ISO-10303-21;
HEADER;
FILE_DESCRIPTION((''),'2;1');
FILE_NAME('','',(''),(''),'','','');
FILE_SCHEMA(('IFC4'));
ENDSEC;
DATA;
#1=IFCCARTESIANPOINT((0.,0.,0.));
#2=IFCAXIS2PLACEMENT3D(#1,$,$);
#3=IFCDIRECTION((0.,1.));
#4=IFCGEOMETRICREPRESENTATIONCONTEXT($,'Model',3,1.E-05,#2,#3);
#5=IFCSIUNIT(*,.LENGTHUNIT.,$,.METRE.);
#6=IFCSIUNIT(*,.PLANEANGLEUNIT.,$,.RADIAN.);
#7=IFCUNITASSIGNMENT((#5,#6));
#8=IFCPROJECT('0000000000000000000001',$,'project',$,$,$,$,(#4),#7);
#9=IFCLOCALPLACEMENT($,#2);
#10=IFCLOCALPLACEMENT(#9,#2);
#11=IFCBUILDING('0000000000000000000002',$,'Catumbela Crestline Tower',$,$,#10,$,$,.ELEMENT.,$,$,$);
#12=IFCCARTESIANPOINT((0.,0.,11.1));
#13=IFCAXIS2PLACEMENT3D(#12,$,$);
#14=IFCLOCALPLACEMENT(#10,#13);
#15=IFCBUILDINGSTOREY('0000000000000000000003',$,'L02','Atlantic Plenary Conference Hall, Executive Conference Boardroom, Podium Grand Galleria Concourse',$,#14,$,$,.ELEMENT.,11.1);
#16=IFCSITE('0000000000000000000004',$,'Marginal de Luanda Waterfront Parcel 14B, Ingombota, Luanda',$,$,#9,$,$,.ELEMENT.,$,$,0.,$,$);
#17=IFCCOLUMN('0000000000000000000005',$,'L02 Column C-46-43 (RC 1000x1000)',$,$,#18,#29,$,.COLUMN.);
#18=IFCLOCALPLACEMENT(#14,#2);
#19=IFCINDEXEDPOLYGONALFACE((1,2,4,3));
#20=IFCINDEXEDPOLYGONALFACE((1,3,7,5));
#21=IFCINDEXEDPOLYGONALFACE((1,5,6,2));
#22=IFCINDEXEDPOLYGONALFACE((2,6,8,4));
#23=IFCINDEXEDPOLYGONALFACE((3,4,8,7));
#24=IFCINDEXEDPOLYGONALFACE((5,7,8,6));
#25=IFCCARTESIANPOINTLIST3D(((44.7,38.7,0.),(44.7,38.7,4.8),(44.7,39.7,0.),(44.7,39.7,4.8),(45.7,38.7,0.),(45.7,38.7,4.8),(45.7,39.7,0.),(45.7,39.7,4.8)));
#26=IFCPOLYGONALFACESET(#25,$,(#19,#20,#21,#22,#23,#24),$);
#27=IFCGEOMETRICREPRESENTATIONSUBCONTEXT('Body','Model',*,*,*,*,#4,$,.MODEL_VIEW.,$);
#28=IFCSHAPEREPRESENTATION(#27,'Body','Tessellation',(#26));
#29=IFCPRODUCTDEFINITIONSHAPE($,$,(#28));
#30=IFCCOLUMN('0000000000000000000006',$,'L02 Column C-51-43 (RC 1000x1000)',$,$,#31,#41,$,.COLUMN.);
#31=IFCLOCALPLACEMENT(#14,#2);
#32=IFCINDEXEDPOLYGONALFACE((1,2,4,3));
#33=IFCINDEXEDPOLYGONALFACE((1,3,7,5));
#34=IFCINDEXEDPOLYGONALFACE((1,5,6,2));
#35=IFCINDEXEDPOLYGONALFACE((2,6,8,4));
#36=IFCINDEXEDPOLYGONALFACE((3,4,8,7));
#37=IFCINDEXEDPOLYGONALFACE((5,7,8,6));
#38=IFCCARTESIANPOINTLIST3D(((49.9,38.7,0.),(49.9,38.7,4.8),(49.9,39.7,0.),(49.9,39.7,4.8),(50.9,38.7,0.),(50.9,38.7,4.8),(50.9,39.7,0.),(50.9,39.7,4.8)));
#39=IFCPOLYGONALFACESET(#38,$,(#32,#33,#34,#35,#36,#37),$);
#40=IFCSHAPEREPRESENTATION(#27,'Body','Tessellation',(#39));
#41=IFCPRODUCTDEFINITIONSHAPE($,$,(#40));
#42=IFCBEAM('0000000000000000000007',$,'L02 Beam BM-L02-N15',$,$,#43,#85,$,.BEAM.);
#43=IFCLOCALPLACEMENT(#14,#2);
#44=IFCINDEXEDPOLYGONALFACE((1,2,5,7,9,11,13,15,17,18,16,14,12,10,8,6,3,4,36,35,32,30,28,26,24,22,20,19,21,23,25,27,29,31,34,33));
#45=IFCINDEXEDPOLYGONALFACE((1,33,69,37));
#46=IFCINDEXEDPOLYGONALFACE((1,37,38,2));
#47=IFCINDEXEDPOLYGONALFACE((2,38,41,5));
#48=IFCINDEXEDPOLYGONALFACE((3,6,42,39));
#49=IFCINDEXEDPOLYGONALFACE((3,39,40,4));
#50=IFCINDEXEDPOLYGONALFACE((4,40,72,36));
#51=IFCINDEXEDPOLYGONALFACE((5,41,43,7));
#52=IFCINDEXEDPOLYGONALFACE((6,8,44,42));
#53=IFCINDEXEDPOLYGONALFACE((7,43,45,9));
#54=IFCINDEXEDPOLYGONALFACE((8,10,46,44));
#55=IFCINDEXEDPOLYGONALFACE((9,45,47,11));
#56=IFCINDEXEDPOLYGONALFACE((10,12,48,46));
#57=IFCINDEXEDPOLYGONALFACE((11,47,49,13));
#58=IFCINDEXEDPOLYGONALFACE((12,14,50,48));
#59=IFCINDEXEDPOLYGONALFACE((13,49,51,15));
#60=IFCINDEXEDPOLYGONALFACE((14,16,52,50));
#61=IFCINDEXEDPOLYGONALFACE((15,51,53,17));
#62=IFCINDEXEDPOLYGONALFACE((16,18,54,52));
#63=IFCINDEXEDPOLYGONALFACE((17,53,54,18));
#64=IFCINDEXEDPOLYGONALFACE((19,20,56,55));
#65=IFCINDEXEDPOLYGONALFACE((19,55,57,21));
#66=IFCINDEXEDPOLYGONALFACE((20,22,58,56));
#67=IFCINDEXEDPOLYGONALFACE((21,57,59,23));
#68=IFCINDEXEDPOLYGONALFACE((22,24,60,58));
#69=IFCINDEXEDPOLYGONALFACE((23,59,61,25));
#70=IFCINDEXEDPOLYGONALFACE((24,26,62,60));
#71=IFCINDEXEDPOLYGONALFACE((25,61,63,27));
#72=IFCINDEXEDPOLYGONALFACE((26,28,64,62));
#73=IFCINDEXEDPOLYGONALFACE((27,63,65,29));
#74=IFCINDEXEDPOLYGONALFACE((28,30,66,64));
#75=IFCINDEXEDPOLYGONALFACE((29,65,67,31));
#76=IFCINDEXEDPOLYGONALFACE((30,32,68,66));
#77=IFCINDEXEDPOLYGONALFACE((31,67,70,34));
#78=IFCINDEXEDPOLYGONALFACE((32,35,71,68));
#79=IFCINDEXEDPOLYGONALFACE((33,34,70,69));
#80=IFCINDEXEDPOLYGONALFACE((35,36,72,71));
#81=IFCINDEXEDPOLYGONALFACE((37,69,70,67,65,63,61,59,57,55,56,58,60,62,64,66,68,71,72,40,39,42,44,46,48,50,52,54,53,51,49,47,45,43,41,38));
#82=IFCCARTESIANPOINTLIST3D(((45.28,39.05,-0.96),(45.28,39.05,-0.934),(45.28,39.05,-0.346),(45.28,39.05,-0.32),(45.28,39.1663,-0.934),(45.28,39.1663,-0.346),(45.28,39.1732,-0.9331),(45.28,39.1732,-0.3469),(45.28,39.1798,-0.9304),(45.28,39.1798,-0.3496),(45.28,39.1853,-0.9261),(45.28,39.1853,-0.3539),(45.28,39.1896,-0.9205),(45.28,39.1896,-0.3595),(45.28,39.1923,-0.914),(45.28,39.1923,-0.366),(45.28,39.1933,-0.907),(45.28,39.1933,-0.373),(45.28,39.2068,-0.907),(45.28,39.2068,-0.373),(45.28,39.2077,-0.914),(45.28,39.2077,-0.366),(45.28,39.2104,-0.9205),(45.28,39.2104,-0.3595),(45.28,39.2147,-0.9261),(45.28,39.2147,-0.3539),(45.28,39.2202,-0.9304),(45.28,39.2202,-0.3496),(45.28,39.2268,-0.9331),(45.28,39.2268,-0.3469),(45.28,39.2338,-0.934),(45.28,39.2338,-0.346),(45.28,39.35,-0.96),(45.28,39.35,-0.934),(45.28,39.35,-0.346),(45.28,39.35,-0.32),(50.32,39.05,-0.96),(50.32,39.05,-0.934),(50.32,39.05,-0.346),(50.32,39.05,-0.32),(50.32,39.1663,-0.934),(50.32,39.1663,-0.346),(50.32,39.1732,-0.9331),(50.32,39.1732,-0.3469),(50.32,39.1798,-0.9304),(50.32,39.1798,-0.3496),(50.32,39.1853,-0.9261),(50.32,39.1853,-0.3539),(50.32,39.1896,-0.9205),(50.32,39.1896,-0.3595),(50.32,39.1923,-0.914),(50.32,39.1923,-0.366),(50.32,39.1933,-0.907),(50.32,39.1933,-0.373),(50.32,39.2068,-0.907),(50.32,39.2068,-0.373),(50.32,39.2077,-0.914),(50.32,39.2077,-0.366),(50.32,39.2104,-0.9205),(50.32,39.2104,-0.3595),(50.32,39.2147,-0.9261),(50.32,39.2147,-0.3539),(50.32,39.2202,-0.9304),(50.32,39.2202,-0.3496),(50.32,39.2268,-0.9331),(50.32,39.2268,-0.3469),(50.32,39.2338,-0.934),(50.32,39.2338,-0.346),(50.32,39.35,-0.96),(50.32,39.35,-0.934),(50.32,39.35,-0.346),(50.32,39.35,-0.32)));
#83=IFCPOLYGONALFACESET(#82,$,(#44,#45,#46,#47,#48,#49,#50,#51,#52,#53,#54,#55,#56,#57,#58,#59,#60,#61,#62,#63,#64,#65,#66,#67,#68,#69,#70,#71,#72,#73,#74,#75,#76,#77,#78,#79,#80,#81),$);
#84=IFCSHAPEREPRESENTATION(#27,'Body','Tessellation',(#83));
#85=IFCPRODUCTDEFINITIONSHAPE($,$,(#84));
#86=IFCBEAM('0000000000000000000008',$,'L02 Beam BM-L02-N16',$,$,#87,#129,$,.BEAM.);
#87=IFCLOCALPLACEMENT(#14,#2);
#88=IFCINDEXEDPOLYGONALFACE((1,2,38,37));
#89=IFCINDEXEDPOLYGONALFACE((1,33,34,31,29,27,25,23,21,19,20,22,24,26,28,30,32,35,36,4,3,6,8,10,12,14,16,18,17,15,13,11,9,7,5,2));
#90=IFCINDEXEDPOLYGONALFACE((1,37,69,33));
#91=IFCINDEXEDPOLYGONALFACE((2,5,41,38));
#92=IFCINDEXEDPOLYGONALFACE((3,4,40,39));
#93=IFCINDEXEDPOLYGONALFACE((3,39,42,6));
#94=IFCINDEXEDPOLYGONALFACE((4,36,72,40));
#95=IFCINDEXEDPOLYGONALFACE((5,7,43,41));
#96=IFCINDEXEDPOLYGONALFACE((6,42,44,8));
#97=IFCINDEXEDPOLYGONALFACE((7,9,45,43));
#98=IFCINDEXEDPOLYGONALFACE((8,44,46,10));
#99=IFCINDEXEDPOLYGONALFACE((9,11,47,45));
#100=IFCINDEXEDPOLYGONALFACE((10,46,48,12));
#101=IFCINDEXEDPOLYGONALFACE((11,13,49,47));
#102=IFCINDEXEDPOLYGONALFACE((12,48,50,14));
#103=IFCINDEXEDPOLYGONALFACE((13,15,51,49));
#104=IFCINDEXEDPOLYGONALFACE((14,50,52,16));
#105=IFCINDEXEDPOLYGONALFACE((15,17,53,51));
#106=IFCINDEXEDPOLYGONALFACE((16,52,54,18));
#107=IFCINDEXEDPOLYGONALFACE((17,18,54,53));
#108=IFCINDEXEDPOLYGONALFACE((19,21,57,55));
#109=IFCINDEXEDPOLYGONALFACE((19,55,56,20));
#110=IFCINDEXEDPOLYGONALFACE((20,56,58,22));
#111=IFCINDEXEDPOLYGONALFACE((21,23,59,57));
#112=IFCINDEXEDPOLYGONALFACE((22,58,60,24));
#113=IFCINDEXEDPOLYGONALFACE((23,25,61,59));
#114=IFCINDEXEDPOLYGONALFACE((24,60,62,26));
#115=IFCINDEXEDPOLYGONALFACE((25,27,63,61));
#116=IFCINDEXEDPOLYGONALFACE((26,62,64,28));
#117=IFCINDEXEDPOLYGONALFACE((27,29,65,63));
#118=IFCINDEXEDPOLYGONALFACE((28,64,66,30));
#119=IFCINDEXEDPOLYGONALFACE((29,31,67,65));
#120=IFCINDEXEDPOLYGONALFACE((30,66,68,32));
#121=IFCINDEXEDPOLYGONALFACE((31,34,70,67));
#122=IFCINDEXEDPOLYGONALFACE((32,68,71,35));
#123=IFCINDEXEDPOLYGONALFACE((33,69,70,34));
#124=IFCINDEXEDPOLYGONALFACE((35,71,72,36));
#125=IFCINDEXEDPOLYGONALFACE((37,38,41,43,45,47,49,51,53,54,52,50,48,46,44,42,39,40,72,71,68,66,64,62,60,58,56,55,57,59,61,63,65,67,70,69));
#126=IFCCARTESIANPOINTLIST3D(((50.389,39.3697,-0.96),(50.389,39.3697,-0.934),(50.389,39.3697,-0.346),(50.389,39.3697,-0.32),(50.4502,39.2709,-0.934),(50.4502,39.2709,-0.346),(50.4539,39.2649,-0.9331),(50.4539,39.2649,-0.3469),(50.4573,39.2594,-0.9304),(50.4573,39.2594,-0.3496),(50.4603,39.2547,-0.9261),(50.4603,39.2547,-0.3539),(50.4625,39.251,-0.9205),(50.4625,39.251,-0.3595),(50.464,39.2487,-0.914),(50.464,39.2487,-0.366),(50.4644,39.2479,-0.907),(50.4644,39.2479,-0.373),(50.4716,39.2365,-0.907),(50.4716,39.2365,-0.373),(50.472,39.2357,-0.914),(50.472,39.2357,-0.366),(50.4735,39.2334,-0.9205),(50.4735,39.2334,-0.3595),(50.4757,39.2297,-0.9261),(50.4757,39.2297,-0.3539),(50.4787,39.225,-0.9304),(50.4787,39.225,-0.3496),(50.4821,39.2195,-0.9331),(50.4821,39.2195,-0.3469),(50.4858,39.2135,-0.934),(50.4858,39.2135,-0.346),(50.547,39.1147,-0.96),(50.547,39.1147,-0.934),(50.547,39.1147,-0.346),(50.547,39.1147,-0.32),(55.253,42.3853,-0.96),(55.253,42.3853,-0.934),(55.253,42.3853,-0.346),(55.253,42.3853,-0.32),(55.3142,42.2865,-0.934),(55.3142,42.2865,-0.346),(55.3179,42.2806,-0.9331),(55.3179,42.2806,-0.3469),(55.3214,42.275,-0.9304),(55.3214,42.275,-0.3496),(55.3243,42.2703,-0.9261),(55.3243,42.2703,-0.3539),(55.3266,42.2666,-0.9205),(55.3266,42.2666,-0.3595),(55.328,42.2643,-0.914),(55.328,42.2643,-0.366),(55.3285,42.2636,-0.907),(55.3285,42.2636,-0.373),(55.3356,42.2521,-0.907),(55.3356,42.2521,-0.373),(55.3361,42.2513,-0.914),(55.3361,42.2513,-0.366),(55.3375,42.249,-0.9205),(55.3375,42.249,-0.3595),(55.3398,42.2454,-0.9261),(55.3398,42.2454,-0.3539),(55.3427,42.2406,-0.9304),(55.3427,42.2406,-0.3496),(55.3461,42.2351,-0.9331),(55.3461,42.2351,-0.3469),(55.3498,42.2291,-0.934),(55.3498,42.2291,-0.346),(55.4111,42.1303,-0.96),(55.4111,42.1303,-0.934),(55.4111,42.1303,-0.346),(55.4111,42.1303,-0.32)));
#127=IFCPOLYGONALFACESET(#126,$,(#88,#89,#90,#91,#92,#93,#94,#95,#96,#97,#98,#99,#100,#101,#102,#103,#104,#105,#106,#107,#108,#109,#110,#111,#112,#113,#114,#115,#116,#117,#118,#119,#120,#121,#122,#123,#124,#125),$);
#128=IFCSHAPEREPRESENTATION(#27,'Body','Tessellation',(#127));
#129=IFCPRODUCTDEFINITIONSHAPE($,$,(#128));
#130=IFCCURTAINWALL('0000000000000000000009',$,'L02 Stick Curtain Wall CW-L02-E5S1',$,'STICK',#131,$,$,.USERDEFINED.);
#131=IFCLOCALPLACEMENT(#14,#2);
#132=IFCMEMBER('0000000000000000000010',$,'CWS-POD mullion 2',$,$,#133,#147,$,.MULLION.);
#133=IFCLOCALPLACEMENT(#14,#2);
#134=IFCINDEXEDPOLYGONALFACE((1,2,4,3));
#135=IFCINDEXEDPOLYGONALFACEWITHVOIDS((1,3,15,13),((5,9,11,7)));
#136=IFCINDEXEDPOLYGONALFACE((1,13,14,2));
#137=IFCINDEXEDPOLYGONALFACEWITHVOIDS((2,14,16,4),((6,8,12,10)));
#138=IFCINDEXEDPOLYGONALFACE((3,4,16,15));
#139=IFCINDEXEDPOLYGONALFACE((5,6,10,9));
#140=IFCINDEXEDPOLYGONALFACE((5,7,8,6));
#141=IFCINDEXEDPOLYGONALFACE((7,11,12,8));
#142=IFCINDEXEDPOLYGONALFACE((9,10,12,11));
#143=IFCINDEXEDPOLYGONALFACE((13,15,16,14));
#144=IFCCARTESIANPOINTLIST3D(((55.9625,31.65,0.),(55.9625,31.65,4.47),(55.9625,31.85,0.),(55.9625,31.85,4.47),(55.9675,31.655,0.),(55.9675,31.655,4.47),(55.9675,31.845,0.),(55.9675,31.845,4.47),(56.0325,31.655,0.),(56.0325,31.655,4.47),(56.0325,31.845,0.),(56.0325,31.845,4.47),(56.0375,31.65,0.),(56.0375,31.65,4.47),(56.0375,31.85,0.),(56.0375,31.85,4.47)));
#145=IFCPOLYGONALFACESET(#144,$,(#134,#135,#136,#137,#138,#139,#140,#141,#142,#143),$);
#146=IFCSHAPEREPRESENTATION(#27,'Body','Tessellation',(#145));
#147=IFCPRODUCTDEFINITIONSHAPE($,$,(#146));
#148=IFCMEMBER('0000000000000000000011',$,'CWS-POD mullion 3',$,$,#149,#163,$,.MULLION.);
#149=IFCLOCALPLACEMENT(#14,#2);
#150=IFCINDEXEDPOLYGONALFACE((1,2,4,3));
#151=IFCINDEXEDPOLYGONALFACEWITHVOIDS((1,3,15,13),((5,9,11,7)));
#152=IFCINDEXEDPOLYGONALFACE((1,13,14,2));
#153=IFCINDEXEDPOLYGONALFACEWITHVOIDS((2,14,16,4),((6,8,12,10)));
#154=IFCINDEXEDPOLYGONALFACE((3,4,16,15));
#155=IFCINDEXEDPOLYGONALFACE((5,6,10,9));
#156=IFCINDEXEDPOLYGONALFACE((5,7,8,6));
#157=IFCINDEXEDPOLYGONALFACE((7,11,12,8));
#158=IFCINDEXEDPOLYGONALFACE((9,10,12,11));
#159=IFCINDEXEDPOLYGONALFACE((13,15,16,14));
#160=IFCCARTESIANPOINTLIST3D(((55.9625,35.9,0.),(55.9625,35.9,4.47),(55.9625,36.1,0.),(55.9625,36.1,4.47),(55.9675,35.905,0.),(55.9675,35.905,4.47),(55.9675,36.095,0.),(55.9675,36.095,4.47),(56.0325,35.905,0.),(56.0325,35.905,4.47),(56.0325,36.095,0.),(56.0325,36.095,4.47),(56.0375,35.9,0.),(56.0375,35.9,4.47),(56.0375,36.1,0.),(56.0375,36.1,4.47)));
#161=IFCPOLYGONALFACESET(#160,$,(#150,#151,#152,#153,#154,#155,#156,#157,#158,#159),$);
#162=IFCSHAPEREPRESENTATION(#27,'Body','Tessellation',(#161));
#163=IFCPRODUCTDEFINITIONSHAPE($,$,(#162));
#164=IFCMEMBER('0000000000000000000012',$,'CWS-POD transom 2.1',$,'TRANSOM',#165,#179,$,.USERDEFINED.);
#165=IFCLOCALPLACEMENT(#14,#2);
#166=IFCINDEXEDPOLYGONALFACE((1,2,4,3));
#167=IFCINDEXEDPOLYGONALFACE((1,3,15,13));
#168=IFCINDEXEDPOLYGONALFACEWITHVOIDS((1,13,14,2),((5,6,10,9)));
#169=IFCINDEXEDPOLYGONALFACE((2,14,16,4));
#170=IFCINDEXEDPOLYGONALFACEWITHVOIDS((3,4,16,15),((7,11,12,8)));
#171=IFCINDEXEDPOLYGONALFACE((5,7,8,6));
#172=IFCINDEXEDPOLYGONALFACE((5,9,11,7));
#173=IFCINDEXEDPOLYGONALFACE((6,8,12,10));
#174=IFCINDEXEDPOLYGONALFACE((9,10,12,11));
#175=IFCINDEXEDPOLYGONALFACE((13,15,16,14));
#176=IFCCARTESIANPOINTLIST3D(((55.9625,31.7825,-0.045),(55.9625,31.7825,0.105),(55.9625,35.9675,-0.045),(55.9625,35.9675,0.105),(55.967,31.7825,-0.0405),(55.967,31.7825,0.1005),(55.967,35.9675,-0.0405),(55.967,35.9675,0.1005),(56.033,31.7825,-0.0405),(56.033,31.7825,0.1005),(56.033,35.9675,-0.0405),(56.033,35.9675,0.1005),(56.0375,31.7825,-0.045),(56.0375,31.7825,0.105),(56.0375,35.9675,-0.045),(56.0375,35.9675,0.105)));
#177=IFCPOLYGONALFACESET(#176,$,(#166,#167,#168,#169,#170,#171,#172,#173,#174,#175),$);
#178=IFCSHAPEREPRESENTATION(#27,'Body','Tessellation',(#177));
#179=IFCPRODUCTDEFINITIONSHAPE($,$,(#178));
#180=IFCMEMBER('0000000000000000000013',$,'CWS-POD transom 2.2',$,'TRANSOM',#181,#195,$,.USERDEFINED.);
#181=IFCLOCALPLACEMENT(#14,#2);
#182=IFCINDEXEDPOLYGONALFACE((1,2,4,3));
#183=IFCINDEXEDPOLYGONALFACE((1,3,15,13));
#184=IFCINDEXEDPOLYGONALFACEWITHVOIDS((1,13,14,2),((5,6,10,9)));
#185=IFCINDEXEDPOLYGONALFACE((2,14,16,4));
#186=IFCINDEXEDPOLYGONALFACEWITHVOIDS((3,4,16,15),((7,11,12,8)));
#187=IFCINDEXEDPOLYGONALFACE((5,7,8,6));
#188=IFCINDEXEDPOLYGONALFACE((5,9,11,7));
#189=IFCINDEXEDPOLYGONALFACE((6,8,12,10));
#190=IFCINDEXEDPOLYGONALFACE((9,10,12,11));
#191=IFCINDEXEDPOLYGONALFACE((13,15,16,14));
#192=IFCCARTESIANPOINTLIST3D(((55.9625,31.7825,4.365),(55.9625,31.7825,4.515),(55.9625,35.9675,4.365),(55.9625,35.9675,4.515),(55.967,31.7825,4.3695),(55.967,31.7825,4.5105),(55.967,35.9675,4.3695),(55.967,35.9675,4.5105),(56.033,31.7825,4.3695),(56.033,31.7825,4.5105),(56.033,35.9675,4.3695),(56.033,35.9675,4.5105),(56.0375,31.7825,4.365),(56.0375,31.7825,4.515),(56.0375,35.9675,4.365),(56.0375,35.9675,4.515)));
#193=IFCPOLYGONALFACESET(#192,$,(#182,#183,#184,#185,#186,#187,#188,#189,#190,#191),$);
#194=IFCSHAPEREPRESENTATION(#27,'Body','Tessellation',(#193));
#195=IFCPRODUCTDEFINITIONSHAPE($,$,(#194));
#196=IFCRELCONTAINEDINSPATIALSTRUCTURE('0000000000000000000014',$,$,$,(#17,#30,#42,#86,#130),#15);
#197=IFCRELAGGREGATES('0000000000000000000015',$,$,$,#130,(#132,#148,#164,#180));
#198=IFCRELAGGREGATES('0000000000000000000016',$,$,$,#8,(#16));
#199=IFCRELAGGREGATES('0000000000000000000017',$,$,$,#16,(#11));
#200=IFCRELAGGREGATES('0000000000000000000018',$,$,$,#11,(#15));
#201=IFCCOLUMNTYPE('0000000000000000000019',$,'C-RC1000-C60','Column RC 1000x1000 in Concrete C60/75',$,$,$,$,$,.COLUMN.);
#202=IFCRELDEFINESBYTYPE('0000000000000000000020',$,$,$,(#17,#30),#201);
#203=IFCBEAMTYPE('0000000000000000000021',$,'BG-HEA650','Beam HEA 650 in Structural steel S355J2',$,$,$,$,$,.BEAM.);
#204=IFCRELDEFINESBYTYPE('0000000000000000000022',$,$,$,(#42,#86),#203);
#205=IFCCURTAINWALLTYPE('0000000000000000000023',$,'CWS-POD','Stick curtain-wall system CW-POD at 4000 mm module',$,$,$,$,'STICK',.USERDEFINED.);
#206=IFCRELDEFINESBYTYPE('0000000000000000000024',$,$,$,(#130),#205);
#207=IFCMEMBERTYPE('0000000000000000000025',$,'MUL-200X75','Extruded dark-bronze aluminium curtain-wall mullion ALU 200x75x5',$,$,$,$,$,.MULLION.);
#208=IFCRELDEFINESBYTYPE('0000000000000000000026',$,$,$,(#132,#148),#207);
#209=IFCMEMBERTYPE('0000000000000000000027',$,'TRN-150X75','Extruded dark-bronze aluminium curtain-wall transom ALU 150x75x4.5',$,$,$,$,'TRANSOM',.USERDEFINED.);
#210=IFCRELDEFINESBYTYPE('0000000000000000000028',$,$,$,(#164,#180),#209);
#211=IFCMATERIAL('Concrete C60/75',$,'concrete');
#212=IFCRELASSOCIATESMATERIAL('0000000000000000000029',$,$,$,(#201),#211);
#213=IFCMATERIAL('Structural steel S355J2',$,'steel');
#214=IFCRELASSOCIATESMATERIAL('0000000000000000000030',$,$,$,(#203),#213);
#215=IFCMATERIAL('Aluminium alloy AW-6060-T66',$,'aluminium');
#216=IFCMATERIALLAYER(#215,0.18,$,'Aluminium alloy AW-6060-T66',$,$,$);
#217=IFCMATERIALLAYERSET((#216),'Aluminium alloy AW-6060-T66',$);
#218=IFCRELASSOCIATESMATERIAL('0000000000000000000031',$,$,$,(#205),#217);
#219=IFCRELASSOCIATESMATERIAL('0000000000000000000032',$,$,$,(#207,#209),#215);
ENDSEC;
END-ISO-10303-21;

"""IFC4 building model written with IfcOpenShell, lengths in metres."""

from ifc_helpers import new_model, si_unit, direction, frame, origin, origin_2d, place, context, subcontext, project, spatial, rectangle, hollow_rectangle, i_section, extrude, material, layer, layer_set, material_profile, profile_set, type_object, element, aggregate, save


model = new_model("IFC4")

# Units and contexts
model_context = context("Model", 3, precision=1e-05, world=origin(), true_north=direction((0.0, 1.0)))
body_context = subcontext(model_context, "Body", "Model", "MODEL_VIEW")
ifc_project = project(units=[si_unit("LENGTHUNIT", "METRE"), si_unit("PLANEANGLEUNIT", "RADIAN")], contexts=[model_context])

# Site, building, storey
site_placement = place(None, origin())
site = spatial("IfcSite", under=ifc_project, at=site_placement, Name="Marginal de Luanda Waterfront Parcel 14B, Ingombota, Luanda", CompositionType="ELEMENT", RefElevation=0.0)
building_placement = place(site_placement, origin())
building = spatial("IfcBuilding", under=site, at=building_placement, Name="Catumbela Crestline Tower", CompositionType="ELEMENT")
storey_placement = place(building_placement, frame((0.0, 0.0, 11.1)))
storey = spatial("IfcBuildingStorey", under=building, at=storey_placement, Name="L02", Description="Atlantic Plenary Conference Hall, Executive Conference Boardroom, Podium Grand Galleria Concourse", CompositionType="ELEMENT", Elevation=11.1)

# Columns
ifc_material_1 = material(Name="Concrete C60/75", Category="concrete")
ifc_material_profile_1 = material_profile(ifc_material_1, rectangle(XDim=1.0, YDim=1.0, at=origin_2d()), Name="RC 1000x1000")
ifc_profile_set_1 = profile_set([ifc_material_profile_1], Name="Concrete C60/75")
column_type = type_object("IfcColumnType", Name="C-RC1000-C60", Description="Column RC 1000x1000 in Concrete C60/75", PredefinedType="COLUMN", material=ifc_profile_set_1)
for number, where, z_axis, x_axis, name in (
    (1, (45.2, 39.2, 0.0), (0.0, 0.0, 1.0), (1.0, 0.0, 0.0), "L02 Column C-46-43 (RC 1000x1000)"),
    (2, (50.4, 39.2, 0.0), (0.0, 0.0, 1.0), (1.0, 0.0, 0.0), "L02 Column C-51-43 (RC 1000x1000)"),
):
    element("IfcColumn", number, at=place(storey_placement, frame(where, z_axis=z_axis, x_axis=x_axis)), inside=storey, type_object=column_type, Name=name, PredefinedType="COLUMN", context=body_context, shape_type="SweptSolid", body=[
        extrude(rectangle(XDim=1.0, YDim=1.0, at=origin_2d()), origin(), (0.0, 0.0, 1.0), 4.8),
    ])

# Beams
ifc_material_2 = material(Name="Structural steel S355J2", Category="steel")
ifc_material_profile_2 = material_profile(ifc_material_2, i_section(OverallWidth=0.3, OverallDepth=0.64, WebThickness=0.0135, FlangeThickness=0.026, FilletRadius=0.027, at=origin_2d()), Name="HEA 650")
ifc_profile_set_2 = profile_set([ifc_material_profile_2], Name="Structural steel S355J2")
beam_type = type_object("IfcBeamType", Name="BG-HEA650", Description="Beam HEA 650 in Structural steel S355J2", PredefinedType="BEAM", material=ifc_profile_set_2)
beam_1_placement = place(storey_placement, frame((45.28, 39.2, -0.64), z_axis=(1.0, 0.0, 0.0), x_axis=(0.0, 1.0, 0.0)))
element("IfcBeam", 3, at=beam_1_placement, inside=storey, type_object=beam_type, Name="L02 Beam BM-L02-N15", PredefinedType="BEAM", context=body_context, shape_type="SweptSolid", body=[
    extrude(i_section(OverallWidth=0.3, OverallDepth=0.64, WebThickness=0.0135, FlangeThickness=0.026, FilletRadius=0.027, at=origin_2d()), origin(), (0.0, 0.0, 1.0), 5.04),
])
beam_2_placement = place(storey_placement, frame((50.468, 39.2422, -0.64), z_axis=(0.849909, 0.52693, 0.0), x_axis=(-0.52693, 0.849909, 0.0)))
element("IfcBeam", 4, at=beam_2_placement, inside=storey, type_object=beam_type, Name="L02 Beam BM-L02-N16", PredefinedType="BEAM", context=body_context, shape_type="SweptSolid", body=[
    extrude(i_section(OverallWidth=0.3, OverallDepth=0.64, WebThickness=0.0135, FlangeThickness=0.026, FilletRadius=0.027, at=origin_2d()), origin(), (0.0, 0.0, 1.0), 5.723),
])

# Curtain wall, members
ifc_material_3 = material(Name="Aluminium alloy AW-6060-T66", Category="aluminium")
ifc_layer_1 = layer(ifc_material_3, 0.18, Name="Aluminium alloy AW-6060-T66")
ifc_layer_set_1 = layer_set([ifc_layer_1], Name="Aluminium alloy AW-6060-T66")
curtain_wall_type = type_object("IfcCurtainWallType", Name="CWS-POD", Description="Stick curtain-wall system CW-POD at 4000 mm module", ElementType="STICK", PredefinedType="USERDEFINED", material=ifc_layer_set_1)
curtain_wall_placement = place(storey_placement, origin())
curtain_wall = element("IfcCurtainWall", 5, at=curtain_wall_placement, inside=storey, type_object=curtain_wall_type, Name="L02 Stick Curtain Wall CW-L02-E5S1", ObjectType="STICK", PredefinedType="USERDEFINED")
ifc_material_profile_3 = material_profile(ifc_material_3, hollow_rectangle(XDim=0.075, YDim=0.2, WallThickness=0.005, at=origin_2d()), Name="ALU 200x75x5")
ifc_profile_set_3 = profile_set([ifc_material_profile_3], Name="Aluminium alloy AW-6060-T66")
member_type_1 = type_object("IfcMemberType", Name="MUL-200X75", Description="Extruded dark-bronze aluminium curtain-wall mullion ALU 200x75x5", PredefinedType="MULLION", material=ifc_profile_set_3)
member_1_placement = place(storey_placement, frame((56.0, 31.75, 0.0), z_axis=(0.0, 0.0, 1.0), x_axis=(-1.0, 0.0, 0.0)))
member_1 = element("IfcMember", 6, at=member_1_placement, type_object=member_type_1, Name="CWS-POD mullion 2", PredefinedType="MULLION", context=body_context, shape_type="SweptSolid", body=[
    extrude(hollow_rectangle(XDim=0.075, YDim=0.2, WallThickness=0.005, at=origin_2d()), origin(), (0.0, 0.0, 1.0), 4.47),
])
member_2_placement = place(storey_placement, frame((56.0, 36.0, 0.0), z_axis=(0.0, 0.0, 1.0), x_axis=(-1.0, 0.0, 0.0)))
member_2 = element("IfcMember", 7, at=member_2_placement, type_object=member_type_1, Name="CWS-POD mullion 3", PredefinedType="MULLION", context=body_context, shape_type="SweptSolid", body=[
    extrude(hollow_rectangle(XDim=0.075, YDim=0.2, WallThickness=0.005, at=origin_2d()), origin(), (0.0, 0.0, 1.0), 4.47),
])
ifc_material_profile_4 = material_profile(ifc_material_3, hollow_rectangle(XDim=0.075, YDim=0.15, WallThickness=0.0045, at=origin_2d()), Name="ALU 150x75x4.5")
ifc_profile_set_4 = profile_set([ifc_material_profile_4], Name="Aluminium alloy AW-6060-T66")
member_type_2 = type_object("IfcMemberType", Name="TRN-150X75", Description="Extruded dark-bronze aluminium curtain-wall transom ALU 150x75x4.5", ElementType="TRANSOM", PredefinedType="USERDEFINED", material=ifc_profile_set_4)
member_3_placement = place(storey_placement, frame((56.0, 31.7825, 0.03), z_axis=(0.0, 1.0, 0.0), x_axis=(-1.0, 0.0, 0.0)))
member_3 = element("IfcMember", 8, at=member_3_placement, type_object=member_type_2, Name="CWS-POD transom 2.1", ObjectType="TRANSOM", PredefinedType="USERDEFINED", context=body_context, shape_type="SweptSolid", body=[
    extrude(hollow_rectangle(XDim=0.075, YDim=0.15, WallThickness=0.0045, at=origin_2d()), origin(), (0.0, 0.0, 1.0), 4.185),
])
member_4_placement = place(storey_placement, frame((56.0, 31.7825, 4.44), z_axis=(0.0, 1.0, 0.0), x_axis=(-1.0, 0.0, 0.0)))
member_4 = element("IfcMember", 9, at=member_4_placement, type_object=member_type_2, Name="CWS-POD transom 2.2", ObjectType="TRANSOM", PredefinedType="USERDEFINED", context=body_context, shape_type="SweptSolid", body=[
    extrude(hollow_rectangle(XDim=0.075, YDim=0.15, WallThickness=0.0045, at=origin_2d()), origin(), (0.0, 0.0, 1.0), 4.185),
])
aggregate(curtain_wall, [member_1, member_2, member_3, member_4])

save(model, "model.ifc")
